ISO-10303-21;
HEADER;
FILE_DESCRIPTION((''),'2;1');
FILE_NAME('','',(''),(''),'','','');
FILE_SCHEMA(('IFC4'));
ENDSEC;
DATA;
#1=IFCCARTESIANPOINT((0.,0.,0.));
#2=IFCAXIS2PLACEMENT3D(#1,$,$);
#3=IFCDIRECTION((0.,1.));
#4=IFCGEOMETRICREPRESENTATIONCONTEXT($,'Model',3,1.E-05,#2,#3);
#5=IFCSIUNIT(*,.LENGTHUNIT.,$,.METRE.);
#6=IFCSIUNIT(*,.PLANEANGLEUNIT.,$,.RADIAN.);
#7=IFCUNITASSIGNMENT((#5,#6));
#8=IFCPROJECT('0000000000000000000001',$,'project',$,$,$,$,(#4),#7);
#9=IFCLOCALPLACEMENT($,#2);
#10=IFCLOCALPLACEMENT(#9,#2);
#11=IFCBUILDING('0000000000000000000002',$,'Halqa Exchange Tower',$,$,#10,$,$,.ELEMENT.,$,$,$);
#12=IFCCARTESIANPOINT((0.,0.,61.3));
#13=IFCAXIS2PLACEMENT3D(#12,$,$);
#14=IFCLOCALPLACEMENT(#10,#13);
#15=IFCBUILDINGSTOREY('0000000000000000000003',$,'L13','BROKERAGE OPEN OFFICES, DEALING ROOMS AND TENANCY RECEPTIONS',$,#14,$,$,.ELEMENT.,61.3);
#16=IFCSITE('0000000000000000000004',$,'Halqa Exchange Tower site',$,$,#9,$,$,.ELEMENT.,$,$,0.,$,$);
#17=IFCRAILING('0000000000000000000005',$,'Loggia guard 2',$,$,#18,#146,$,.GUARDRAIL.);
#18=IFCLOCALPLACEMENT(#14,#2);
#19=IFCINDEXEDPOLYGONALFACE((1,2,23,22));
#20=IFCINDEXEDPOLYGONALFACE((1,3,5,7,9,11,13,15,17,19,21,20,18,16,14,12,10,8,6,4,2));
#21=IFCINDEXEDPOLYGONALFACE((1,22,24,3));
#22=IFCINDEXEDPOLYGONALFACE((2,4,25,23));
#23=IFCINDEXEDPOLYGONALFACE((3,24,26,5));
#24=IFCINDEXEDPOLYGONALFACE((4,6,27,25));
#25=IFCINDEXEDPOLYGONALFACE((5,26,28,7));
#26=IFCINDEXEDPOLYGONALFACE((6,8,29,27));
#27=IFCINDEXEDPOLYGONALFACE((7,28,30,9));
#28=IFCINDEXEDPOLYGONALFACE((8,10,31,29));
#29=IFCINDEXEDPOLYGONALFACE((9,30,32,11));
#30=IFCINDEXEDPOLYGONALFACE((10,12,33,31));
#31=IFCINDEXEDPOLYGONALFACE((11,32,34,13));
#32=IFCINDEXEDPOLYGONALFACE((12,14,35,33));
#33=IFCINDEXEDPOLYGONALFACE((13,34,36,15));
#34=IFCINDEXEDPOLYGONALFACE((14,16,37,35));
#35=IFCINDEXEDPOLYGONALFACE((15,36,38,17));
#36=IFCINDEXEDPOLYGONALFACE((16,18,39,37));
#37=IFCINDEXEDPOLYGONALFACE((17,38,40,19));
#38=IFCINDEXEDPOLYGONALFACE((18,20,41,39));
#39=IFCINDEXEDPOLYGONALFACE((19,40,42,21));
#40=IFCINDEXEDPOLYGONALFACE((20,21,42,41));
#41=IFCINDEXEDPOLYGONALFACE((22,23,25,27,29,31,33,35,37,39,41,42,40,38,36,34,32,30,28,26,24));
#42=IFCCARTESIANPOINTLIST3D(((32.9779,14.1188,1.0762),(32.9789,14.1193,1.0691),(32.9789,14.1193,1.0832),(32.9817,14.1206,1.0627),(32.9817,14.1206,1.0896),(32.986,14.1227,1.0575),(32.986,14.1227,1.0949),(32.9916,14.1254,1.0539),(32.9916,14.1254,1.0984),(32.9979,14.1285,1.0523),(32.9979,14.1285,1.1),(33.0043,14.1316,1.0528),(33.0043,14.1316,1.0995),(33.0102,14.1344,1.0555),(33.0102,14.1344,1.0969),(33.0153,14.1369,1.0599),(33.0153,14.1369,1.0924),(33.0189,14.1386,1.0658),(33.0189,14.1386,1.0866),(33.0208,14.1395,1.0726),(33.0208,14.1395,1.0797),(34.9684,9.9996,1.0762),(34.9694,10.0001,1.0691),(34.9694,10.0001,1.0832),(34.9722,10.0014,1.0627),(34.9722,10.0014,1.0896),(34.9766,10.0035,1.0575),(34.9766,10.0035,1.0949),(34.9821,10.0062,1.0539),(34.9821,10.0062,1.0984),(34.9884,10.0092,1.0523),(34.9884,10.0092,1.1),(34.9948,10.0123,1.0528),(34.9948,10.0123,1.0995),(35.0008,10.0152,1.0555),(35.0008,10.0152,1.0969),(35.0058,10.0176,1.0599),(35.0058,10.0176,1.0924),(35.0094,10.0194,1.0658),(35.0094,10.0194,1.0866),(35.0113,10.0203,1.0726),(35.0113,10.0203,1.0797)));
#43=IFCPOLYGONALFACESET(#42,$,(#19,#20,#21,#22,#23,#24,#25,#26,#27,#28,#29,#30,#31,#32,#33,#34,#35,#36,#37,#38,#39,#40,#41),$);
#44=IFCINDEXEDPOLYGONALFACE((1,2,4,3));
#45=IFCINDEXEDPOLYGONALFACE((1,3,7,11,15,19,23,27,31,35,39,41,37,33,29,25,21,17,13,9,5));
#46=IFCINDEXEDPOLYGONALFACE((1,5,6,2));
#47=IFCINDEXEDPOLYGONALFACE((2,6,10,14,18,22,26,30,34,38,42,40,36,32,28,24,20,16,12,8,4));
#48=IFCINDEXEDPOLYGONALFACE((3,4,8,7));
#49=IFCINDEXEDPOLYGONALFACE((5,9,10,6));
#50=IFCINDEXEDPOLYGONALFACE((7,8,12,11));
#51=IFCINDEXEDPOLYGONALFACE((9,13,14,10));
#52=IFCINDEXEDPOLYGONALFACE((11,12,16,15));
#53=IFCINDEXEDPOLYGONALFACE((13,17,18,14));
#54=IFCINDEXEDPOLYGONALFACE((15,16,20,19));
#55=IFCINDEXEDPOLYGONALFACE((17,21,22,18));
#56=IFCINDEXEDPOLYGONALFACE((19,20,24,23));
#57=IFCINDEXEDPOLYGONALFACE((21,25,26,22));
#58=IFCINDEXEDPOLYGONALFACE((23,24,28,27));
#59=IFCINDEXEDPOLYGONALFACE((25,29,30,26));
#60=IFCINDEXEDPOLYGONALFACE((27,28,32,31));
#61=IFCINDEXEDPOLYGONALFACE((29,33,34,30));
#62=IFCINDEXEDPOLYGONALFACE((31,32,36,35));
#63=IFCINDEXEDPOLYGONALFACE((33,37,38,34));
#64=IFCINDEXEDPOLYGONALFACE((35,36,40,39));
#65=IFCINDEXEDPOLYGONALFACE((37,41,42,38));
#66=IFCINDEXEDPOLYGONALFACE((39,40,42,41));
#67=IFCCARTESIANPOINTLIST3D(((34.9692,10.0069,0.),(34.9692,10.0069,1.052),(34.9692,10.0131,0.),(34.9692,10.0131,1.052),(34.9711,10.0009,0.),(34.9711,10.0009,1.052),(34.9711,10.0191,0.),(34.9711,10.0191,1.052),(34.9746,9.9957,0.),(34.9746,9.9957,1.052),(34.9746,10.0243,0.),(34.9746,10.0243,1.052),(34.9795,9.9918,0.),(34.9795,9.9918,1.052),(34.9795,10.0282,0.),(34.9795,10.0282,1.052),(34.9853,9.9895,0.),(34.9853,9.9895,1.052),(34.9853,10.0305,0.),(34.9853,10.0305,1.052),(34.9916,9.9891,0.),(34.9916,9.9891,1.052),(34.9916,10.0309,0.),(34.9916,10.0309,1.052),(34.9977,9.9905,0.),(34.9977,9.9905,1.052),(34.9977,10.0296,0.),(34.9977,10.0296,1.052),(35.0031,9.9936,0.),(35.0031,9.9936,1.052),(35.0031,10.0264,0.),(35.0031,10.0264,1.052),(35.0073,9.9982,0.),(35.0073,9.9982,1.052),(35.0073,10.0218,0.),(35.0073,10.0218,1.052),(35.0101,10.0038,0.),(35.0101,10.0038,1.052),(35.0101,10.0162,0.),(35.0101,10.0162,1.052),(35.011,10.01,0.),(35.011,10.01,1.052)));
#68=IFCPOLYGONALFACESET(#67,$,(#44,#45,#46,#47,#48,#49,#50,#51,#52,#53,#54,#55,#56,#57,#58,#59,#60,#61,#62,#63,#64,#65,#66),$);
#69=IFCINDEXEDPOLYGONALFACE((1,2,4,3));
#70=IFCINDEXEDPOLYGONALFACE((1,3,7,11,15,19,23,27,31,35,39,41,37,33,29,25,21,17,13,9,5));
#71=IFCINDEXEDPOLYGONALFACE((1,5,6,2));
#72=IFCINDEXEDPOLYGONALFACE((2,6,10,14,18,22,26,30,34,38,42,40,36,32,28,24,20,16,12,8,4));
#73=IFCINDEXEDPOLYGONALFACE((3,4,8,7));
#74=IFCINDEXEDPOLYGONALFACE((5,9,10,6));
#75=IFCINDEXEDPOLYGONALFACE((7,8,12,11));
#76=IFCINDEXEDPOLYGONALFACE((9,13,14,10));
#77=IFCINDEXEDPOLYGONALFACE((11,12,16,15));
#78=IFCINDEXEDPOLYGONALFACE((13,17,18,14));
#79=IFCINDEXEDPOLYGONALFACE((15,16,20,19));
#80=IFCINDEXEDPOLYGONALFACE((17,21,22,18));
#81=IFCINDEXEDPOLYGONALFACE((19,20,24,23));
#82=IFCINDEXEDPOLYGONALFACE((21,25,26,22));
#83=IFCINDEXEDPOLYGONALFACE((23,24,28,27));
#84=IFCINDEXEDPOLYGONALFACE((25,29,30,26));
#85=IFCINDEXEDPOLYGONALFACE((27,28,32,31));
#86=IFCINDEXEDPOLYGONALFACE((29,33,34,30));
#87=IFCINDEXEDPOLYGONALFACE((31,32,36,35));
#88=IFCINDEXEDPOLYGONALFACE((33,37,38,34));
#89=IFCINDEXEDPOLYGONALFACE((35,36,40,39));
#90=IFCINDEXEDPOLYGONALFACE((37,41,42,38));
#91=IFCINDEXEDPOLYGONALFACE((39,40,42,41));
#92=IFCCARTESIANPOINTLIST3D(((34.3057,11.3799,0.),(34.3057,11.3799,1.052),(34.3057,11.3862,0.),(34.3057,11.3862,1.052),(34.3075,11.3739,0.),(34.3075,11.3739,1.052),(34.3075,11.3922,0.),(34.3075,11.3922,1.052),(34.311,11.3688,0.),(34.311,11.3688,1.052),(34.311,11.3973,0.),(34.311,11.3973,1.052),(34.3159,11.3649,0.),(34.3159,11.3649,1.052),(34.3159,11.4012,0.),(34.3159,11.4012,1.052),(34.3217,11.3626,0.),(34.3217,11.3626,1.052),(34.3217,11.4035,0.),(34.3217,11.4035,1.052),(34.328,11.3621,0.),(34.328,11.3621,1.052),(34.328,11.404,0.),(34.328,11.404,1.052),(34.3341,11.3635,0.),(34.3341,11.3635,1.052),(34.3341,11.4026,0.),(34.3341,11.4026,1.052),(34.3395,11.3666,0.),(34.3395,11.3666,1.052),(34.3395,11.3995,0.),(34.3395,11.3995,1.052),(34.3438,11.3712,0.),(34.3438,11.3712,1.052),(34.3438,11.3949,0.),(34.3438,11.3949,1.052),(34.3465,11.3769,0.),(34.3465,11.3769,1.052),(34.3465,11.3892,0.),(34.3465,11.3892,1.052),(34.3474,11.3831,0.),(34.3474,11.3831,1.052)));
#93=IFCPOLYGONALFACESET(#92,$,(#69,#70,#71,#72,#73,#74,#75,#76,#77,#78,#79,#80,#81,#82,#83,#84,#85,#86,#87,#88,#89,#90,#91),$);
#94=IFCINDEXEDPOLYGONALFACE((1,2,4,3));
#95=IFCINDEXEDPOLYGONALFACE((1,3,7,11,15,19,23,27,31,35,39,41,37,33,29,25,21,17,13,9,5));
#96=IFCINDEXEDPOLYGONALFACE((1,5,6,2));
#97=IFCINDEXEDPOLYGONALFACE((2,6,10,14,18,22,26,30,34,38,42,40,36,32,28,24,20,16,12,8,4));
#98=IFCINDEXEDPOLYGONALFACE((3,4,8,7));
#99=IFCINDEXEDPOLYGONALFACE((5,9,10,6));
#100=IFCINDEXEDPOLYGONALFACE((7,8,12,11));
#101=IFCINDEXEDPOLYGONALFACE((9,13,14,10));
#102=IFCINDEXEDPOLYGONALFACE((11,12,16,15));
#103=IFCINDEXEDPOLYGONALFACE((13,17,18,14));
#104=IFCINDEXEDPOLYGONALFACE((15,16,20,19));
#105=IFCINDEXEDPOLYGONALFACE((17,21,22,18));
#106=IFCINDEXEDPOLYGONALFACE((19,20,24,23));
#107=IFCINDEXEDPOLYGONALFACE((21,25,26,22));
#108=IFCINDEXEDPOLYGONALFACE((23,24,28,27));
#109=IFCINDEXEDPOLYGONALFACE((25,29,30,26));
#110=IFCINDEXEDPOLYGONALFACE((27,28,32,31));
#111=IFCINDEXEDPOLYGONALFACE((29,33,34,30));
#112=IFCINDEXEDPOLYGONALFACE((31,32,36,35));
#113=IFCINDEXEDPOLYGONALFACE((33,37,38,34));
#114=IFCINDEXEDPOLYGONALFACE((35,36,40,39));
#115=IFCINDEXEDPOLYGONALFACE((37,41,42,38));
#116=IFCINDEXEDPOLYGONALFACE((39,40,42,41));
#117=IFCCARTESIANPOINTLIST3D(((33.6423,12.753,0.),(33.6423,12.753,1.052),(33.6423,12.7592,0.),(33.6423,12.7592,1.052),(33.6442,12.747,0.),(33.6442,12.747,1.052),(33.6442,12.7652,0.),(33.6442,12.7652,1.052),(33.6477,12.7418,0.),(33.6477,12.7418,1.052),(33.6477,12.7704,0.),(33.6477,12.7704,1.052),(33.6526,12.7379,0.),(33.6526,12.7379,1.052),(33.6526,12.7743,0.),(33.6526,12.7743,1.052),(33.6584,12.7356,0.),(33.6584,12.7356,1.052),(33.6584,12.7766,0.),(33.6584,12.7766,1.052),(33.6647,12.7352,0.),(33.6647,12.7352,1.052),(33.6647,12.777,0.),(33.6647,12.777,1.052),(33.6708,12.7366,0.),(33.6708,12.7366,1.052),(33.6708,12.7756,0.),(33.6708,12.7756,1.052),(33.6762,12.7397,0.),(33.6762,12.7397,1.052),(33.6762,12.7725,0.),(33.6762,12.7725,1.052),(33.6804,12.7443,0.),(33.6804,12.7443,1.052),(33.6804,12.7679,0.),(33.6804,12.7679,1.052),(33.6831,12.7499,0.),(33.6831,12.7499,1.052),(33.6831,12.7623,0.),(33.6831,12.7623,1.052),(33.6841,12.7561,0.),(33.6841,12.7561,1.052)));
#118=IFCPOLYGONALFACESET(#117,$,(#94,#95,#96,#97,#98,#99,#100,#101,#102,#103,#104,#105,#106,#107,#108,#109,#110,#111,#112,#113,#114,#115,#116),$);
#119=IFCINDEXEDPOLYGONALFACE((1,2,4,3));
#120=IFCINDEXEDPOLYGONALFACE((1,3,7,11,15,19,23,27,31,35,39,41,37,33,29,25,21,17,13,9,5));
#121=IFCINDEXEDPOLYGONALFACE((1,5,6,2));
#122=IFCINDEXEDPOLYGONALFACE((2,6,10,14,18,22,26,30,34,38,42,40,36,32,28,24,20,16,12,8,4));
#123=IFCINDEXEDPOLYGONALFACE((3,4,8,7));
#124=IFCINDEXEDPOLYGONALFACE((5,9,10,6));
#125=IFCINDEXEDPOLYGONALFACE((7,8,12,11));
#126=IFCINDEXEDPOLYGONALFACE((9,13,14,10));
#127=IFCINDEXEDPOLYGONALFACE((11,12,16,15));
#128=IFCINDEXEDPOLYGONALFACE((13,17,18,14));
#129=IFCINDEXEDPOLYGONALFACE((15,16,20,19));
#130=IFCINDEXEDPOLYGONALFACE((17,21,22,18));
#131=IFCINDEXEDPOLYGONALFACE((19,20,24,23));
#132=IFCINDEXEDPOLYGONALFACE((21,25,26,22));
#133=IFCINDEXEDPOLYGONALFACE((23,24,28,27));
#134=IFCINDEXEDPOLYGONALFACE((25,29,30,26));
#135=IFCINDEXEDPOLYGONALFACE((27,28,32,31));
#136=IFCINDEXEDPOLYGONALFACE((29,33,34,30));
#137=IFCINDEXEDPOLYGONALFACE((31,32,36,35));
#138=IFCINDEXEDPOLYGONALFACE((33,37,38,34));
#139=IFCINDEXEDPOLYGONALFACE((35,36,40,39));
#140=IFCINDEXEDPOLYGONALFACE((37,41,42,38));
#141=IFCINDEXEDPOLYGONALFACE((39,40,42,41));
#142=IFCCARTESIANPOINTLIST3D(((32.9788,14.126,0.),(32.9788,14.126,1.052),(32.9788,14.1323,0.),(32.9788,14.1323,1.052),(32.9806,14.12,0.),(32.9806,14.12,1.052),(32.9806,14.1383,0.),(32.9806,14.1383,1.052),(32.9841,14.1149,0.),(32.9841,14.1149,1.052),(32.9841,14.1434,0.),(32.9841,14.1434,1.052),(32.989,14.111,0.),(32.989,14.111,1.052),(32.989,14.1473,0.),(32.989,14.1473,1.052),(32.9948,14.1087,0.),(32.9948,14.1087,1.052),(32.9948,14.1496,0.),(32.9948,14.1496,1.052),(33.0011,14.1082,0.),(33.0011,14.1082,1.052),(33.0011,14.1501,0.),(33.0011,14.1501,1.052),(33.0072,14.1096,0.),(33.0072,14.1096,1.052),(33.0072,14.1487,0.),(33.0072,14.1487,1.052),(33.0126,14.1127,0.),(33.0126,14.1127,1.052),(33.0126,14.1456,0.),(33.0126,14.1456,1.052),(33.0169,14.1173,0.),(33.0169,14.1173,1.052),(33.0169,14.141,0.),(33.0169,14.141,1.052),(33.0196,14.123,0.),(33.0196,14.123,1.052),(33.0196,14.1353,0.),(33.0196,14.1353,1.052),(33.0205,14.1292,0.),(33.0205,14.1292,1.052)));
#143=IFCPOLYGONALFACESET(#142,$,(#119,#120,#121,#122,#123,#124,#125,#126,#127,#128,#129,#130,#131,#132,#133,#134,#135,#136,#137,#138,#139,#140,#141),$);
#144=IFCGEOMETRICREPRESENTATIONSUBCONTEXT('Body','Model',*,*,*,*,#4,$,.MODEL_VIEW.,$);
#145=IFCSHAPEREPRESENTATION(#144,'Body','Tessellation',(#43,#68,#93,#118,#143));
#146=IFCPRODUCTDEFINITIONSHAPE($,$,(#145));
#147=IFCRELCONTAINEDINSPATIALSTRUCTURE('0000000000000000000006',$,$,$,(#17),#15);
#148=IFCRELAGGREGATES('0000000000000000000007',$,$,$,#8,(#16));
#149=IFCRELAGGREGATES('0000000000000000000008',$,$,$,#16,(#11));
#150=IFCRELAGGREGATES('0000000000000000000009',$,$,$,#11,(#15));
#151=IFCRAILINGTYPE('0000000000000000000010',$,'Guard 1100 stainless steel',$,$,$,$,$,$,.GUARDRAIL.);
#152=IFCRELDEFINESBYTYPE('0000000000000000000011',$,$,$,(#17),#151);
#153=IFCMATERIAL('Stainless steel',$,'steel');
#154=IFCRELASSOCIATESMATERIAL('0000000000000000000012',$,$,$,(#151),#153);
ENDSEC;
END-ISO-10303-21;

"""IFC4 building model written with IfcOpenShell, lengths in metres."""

from ifc_helpers import new_model, si_unit, direction, frame, origin, origin_2d, place, context, subcontext, project, spatial, circle, extrude, material, type_object, element, save


model = new_model("IFC4")

# Units and contexts
model_context = context("Model", 3, precision=1e-05, world=origin(), true_north=direction((0.0, 1.0)))
body_context = subcontext(model_context, "Body", "Model", "MODEL_VIEW")
ifc_project = project(units=[si_unit("LENGTHUNIT", "METRE"), si_unit("PLANEANGLEUNIT", "RADIAN")], contexts=[model_context])

# Site, building, storey
site_placement = place(None, origin())
site = spatial("IfcSite", under=ifc_project, at=site_placement, Name="Halqa Exchange Tower site", CompositionType="ELEMENT", RefElevation=0.0)
building_placement = place(site_placement, origin())
building = spatial("IfcBuilding", under=site, at=building_placement, Name="Halqa Exchange Tower", CompositionType="ELEMENT")
storey_placement = place(building_placement, frame((0.0, 0.0, 61.3)))
storey = spatial("IfcBuildingStorey", under=building, at=storey_placement, Name="L13", Description="BROKERAGE OPEN OFFICES, DEALING ROOMS AND TENANCY RECEPTIONS", CompositionType="ELEMENT", Elevation=61.3)

# Railing
ifc_material_1 = material(Name="Stainless steel", Category="steel")
railing_type = type_object("IfcRailingType", Name="Guard 1100 stainless steel", PredefinedType="GUARDRAIL", material=ifc_material_1)
railing_1_placement = place(storey_placement, frame((34.99, 10.01, 0.0)))
element("IfcRailing", 1, at=railing_1_placement, inside=storey, type_object=railing_type, Name="Loggia guard 2", PredefinedType="GUARDRAIL", context=body_context, shape_type="SweptSolid", body=[
    extrude(circle(Radius=0.0239, at=origin_2d()), frame((0.0, 0.0, 1.0762), z_axis=(-0.435091, 0.900387, 0.0), x_axis=(-0.900387, -0.435091, 0.0)), (0.0, 0.0, 1.0), 4.575),
    extrude(circle(Radius=0.021, at=origin_2d()), origin(), (0.0, 0.0, 1.0), 1.052),
    extrude(circle(Radius=0.021, at=origin_2d()), frame((-0.6636, 1.373, 0.0)), (0.0, 0.0, 1.0), 1.052),
    extrude(circle(Radius=0.021, at=origin_2d()), frame((-1.3269, 2.7461, 0.0)), (0.0, 0.0, 1.0), 1.052),
    extrude(circle(Radius=0.021, at=origin_2d()), frame((-1.9905, 4.1191, 0.0)), (0.0, 0.0, 1.0), 1.052),
])

save(model, "model.ifc")
